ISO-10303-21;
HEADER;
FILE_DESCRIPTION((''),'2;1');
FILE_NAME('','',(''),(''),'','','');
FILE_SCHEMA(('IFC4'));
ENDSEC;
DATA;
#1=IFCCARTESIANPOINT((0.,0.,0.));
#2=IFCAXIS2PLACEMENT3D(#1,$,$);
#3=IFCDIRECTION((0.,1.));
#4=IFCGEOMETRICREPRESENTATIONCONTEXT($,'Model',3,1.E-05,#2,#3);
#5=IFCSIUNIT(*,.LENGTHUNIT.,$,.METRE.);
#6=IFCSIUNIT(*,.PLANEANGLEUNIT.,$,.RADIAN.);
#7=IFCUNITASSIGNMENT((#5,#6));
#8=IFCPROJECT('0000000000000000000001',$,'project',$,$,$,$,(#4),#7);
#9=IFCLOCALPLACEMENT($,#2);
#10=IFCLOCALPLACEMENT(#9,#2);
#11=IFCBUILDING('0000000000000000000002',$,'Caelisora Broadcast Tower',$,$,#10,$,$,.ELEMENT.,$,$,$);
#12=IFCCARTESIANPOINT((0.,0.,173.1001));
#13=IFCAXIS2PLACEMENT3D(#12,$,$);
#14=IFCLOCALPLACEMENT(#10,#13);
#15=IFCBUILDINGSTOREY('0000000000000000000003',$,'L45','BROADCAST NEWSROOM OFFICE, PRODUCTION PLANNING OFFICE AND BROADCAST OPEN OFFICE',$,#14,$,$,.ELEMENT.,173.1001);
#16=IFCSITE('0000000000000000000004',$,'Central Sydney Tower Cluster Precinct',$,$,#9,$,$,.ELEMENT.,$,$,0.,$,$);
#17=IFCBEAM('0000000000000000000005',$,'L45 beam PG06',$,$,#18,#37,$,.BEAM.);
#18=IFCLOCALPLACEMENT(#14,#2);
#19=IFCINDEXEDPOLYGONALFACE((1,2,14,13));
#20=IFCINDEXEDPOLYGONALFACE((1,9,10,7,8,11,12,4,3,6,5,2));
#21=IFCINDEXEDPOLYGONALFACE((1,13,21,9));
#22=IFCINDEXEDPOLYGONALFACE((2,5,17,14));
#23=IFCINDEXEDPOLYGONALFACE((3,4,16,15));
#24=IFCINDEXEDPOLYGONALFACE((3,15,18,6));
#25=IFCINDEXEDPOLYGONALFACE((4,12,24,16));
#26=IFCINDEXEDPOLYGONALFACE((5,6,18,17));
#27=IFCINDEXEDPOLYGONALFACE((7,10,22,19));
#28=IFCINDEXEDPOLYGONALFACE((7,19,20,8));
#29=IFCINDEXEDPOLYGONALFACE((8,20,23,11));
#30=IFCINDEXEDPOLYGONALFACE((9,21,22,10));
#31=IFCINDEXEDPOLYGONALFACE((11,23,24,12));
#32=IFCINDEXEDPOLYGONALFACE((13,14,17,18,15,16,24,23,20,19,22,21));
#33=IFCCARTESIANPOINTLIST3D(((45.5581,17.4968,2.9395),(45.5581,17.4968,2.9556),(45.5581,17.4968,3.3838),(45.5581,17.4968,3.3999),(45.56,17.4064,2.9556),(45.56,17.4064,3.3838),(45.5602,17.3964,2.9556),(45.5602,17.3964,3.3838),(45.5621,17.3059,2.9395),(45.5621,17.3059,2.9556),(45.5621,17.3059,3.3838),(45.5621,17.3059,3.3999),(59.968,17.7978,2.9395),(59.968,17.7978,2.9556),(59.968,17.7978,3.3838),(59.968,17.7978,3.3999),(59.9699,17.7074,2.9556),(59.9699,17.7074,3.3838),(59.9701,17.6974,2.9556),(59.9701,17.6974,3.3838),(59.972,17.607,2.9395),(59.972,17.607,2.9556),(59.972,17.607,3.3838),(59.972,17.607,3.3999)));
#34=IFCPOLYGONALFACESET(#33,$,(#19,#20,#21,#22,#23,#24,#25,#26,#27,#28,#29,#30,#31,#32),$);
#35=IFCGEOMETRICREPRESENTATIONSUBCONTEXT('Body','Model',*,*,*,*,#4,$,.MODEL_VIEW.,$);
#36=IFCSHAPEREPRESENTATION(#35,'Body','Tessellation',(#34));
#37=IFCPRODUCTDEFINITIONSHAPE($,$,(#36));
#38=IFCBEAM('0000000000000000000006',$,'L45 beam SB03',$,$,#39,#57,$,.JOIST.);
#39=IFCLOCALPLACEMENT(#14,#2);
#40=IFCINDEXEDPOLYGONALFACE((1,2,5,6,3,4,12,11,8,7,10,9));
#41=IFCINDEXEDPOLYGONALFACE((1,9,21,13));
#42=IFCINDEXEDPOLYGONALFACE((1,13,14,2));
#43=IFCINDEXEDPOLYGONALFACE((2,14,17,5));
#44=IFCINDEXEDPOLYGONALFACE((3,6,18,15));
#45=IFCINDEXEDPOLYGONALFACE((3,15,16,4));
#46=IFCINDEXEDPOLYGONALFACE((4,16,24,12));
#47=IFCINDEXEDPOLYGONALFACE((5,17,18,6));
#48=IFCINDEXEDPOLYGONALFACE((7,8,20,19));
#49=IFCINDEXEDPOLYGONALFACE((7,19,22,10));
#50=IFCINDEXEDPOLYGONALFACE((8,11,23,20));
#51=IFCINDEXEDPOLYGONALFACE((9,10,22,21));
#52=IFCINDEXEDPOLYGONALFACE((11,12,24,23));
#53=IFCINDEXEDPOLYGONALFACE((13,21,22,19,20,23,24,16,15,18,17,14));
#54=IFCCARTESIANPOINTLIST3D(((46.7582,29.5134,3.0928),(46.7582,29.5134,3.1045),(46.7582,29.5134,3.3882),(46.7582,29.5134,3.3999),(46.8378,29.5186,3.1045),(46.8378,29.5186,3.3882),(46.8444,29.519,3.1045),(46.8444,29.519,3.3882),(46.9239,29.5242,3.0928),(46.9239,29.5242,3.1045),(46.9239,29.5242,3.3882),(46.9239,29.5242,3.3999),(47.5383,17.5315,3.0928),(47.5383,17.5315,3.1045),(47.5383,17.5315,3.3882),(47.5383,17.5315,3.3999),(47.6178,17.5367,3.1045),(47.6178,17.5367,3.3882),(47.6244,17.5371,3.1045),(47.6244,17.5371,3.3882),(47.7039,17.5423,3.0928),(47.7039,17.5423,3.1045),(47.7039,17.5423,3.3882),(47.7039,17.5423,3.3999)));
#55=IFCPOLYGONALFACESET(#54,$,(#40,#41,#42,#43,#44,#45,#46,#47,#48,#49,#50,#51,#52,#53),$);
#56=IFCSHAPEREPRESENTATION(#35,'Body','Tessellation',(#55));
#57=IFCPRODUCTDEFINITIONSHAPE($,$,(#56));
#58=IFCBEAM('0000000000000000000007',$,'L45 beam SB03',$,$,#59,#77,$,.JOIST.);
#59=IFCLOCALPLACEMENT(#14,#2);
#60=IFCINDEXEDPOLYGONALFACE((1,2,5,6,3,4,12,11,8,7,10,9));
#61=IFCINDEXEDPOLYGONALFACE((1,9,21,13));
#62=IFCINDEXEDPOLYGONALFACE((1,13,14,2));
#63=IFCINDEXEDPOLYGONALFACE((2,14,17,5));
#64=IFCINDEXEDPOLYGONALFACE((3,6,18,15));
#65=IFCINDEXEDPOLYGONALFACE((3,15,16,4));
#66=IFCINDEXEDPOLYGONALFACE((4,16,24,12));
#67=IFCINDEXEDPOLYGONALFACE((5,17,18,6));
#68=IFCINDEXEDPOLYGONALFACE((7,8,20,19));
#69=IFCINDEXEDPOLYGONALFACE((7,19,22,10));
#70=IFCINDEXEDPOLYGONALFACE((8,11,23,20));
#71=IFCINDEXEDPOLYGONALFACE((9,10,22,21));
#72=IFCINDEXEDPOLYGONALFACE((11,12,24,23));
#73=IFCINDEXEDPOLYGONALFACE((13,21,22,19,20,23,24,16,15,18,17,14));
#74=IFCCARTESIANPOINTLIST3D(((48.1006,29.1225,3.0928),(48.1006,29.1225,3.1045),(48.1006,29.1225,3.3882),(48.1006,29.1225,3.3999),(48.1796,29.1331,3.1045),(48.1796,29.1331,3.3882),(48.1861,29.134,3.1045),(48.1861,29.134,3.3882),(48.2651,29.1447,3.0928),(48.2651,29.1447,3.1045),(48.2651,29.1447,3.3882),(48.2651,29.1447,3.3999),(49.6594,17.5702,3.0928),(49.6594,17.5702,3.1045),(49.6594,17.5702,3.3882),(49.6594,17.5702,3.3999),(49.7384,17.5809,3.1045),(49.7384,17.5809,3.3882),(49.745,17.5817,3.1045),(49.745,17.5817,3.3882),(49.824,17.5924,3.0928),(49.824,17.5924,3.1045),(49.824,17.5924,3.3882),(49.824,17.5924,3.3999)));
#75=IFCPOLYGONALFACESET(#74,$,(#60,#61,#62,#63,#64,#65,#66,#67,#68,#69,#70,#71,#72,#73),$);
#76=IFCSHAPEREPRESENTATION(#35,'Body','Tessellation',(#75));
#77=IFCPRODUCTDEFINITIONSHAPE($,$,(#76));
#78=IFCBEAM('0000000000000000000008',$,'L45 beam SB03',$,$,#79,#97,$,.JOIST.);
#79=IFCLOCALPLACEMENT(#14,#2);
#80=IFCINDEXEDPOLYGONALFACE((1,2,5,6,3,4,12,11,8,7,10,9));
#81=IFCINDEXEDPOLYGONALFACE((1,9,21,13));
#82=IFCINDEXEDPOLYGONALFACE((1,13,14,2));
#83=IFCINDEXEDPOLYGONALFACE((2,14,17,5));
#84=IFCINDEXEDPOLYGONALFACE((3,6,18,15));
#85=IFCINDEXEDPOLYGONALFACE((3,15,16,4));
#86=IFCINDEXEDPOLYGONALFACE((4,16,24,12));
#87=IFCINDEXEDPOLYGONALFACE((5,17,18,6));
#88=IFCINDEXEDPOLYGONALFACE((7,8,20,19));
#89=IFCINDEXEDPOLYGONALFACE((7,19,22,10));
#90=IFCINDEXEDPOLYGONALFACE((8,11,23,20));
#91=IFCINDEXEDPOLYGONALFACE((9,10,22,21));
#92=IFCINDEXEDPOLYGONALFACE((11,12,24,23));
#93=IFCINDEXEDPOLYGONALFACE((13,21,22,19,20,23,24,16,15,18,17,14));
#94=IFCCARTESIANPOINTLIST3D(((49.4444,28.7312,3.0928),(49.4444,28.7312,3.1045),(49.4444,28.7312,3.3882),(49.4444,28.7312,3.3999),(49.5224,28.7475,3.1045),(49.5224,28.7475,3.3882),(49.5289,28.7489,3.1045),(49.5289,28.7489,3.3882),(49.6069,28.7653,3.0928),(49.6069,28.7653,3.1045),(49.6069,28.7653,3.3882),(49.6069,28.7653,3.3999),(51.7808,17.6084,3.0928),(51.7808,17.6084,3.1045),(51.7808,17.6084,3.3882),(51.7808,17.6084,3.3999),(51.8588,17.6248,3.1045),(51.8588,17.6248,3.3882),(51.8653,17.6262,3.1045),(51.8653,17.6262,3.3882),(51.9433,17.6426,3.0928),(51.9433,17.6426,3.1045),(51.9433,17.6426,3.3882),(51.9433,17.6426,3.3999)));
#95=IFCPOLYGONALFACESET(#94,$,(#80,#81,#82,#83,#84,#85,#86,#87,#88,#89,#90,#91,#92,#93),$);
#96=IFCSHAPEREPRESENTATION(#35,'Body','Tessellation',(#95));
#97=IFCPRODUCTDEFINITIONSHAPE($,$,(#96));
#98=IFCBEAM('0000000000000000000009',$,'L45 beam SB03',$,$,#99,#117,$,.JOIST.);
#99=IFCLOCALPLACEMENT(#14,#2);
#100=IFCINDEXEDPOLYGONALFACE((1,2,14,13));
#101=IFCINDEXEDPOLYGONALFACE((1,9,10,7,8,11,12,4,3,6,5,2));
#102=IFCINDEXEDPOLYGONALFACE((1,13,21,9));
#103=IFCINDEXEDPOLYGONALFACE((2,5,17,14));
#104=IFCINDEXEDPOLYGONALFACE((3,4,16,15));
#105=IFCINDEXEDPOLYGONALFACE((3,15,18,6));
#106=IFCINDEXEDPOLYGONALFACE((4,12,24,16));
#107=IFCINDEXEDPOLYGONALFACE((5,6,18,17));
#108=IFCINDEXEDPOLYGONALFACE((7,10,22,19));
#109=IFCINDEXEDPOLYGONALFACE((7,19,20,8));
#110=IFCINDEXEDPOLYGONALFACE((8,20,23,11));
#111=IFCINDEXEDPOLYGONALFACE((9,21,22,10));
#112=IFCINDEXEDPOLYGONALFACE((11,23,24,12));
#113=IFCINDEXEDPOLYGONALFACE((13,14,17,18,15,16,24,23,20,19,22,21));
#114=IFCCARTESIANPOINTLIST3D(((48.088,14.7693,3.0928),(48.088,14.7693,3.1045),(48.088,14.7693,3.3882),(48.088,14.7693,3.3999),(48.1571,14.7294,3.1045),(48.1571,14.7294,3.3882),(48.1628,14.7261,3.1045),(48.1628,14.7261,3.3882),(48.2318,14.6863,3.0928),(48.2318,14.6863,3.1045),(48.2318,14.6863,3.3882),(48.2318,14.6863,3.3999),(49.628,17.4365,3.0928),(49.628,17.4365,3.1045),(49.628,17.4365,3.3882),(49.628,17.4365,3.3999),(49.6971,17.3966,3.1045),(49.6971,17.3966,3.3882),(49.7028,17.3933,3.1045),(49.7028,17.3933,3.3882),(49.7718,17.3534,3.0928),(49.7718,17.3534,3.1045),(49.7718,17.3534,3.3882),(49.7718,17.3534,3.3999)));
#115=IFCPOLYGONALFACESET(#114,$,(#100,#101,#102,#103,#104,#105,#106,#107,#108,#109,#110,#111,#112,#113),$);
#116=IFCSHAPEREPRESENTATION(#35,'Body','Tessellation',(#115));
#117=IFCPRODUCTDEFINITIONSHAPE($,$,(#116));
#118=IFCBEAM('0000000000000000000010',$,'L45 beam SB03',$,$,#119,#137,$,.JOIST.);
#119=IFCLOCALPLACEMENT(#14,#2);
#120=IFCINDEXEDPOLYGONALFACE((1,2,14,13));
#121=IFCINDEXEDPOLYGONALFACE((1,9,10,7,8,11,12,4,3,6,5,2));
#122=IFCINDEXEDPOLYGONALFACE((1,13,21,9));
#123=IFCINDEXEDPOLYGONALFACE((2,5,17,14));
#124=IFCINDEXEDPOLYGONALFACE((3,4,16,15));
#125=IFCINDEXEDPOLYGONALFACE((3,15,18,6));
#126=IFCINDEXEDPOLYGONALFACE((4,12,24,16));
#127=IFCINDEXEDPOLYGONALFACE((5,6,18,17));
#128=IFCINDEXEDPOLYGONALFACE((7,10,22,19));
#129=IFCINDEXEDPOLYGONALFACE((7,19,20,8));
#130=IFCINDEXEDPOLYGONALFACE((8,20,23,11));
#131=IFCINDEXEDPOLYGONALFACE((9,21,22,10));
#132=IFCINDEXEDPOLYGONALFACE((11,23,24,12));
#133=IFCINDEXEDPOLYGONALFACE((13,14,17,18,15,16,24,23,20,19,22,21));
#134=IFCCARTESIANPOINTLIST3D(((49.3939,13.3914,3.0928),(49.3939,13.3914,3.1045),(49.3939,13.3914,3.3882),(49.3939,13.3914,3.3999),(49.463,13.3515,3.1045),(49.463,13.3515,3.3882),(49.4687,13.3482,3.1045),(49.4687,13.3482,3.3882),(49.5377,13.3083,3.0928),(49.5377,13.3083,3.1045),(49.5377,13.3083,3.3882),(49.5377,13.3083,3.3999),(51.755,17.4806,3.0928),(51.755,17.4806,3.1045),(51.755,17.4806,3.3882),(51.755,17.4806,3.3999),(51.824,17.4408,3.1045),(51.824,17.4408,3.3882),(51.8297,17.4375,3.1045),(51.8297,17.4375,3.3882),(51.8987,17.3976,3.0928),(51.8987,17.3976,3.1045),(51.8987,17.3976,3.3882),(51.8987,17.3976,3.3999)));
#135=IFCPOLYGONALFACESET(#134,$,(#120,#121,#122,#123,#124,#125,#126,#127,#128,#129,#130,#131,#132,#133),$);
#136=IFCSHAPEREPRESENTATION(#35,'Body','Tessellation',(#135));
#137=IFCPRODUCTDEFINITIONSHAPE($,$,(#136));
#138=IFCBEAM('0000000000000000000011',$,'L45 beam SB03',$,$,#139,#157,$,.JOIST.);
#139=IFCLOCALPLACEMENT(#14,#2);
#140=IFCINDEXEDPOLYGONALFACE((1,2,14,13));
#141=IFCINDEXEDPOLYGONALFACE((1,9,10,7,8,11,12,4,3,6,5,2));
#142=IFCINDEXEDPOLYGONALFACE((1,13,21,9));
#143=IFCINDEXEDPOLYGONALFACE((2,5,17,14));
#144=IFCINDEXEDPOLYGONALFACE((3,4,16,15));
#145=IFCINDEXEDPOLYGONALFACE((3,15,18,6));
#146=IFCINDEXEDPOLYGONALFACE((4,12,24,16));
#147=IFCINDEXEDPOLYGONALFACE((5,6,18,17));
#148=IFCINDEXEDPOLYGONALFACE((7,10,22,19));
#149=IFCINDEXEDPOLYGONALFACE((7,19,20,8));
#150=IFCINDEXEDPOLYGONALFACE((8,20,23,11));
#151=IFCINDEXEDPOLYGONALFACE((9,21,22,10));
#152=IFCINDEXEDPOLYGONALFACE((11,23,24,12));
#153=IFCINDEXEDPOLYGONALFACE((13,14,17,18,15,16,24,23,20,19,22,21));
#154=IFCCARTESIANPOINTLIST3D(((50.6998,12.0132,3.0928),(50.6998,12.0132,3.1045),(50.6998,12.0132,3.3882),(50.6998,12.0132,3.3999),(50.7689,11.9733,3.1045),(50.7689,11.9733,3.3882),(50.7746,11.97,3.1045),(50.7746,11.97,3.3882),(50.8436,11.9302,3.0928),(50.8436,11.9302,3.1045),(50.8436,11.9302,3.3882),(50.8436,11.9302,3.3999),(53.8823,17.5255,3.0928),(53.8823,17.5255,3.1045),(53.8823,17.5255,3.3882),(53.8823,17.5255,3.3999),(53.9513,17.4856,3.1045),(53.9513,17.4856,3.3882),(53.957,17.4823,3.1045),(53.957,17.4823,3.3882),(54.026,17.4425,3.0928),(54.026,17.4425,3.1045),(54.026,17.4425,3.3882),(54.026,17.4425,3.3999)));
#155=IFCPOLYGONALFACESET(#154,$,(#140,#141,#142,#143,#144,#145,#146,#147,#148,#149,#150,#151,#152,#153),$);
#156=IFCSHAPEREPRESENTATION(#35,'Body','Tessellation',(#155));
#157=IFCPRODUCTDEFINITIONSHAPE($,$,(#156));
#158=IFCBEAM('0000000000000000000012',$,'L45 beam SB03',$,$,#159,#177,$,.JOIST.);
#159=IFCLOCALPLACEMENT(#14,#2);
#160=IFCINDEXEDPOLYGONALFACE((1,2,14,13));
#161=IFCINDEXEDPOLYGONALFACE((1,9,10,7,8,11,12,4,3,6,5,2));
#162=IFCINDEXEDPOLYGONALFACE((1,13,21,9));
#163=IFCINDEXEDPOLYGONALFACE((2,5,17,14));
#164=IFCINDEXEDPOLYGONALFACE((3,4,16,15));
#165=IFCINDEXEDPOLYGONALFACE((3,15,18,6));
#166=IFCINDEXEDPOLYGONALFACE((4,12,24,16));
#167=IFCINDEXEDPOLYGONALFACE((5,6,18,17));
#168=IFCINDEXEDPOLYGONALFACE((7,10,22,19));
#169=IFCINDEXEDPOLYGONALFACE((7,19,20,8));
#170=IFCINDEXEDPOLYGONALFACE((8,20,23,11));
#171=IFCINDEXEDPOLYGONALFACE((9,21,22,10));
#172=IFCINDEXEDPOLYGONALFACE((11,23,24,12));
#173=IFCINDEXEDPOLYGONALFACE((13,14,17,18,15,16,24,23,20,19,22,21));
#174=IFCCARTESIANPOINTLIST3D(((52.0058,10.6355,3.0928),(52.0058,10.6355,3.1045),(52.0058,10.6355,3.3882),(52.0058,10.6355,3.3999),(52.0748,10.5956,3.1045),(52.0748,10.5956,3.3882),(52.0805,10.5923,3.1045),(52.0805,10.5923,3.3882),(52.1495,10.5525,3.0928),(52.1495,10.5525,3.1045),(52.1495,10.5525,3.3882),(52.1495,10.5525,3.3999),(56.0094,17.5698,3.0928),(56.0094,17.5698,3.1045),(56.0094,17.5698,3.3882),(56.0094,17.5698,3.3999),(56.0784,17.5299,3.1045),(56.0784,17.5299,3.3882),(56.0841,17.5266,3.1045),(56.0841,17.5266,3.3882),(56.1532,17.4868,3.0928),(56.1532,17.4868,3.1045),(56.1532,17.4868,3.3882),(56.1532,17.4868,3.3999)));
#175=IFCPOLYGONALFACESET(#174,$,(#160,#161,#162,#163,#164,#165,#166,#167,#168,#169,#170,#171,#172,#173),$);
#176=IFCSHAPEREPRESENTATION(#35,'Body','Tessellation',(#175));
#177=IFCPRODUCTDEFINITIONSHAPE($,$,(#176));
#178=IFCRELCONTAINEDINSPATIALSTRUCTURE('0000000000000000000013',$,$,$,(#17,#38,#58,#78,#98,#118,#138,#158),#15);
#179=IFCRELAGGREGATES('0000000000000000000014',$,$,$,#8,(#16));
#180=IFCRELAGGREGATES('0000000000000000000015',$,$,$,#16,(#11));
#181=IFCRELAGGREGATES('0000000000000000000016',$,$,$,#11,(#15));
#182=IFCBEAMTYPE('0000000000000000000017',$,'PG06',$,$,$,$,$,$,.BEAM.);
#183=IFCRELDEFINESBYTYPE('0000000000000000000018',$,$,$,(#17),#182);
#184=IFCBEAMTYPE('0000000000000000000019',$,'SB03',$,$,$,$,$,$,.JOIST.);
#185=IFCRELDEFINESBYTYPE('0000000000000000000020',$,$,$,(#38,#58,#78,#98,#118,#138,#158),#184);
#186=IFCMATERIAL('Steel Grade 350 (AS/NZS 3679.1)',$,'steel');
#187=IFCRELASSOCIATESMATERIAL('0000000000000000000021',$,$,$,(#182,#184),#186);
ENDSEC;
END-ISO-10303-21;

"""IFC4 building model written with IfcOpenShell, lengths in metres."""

from ifc_helpers import new_model, si_unit, direction, frame, origin, origin_2d, place, context, subcontext, project, spatial, i_section, extrude, source, transform, mapped, material, material_profile, profile_set, type_object, type_shapes, element, save


model = new_model("IFC4")

# Units and contexts
model_context = context("Model", 3, precision=1e-05, world=origin(), true_north=direction((0.0, 1.0)))
body_context = subcontext(model_context, "Body", "Model", "MODEL_VIEW")
ifc_project = project(units=[si_unit("LENGTHUNIT", "METRE"), si_unit("PLANEANGLEUNIT", "RADIAN")], contexts=[model_context])

# Site, building, storey
site_placement = place(None, origin())
site = spatial("IfcSite", under=ifc_project, at=site_placement, Name="Central Sydney Tower Cluster Precinct", CompositionType="ELEMENT", RefElevation=0.0)
building_placement = place(site_placement, origin())
building = spatial("IfcBuilding", under=site, at=building_placement, Name="Caelisora Broadcast Tower", CompositionType="ELEMENT")
storey_placement = place(building_placement, frame((0.0, 0.0, 173.1001)))
storey = spatial("IfcBuildingStorey", under=building, at=storey_placement, Name="L45", Description="BROADCAST NEWSROOM OFFICE, PRODUCTION PLANNING OFFICE AND BROADCAST OPEN OFFICE", CompositionType="ELEMENT", Elevation=173.1001)

# Beams
ifc_material_1 = material(Name="Steel Grade 350 (AS/NZS 3679.1)", Category="steel")
ifc_material_profile_1 = material_profile(ifc_material_1, i_section(OverallWidth=0.1909, OverallDepth=0.4604, WebThickness=0.01, FlangeThickness=0.0161, at=origin_2d()), Name="Steel Grade 350 (AS/NZS 3679.1)")
ifc_profile_set_1 = profile_set([ifc_material_profile_1], Name="Steel Grade 350 (AS/NZS 3679.1)")
beam_type_1 = type_object("IfcBeamType", Name="PG06", PredefinedType="BEAM", material=ifc_profile_set_1)
shared_shape_1 = source(origin(), body_context, "Body", "SweptSolid", [
    extrude(i_section(OverallWidth=0.1909, OverallDepth=0.4604, WebThickness=0.01, FlangeThickness=0.0161, at=origin_2d()), origin(), (0.0, 0.0, 1.0), 14.4131),
])
type_shapes(beam_type_1, [shared_shape_1])
beam_1_placement = place(storey_placement, frame((45.5601, 17.4014, 3.1697), z_axis=(0.999782, 0.020886, 0.0), x_axis=(-0.020886, 0.999782, 0.0)))
element("IfcBeam", 1, at=beam_1_placement, inside=storey, type_object=beam_type_1, Name="L45 beam PG06", PredefinedType="BEAM", context=body_context, shape_type="MappedRepresentation", body=[
    mapped(shared_shape_1, transform((0.0, 0.0, 0.0), scale=1.0)),
])
ifc_material_profile_2 = material_profile(ifc_material_1, i_section(OverallWidth=0.166, OverallDepth=0.3071, WebThickness=0.0066, FlangeThickness=0.0117, at=origin_2d()), Name="Steel Grade 350 (AS/NZS 3679.1)")
ifc_profile_set_2 = profile_set([ifc_material_profile_2], Name="Steel Grade 350 (AS/NZS 3679.1)")
beam_type_2 = type_object("IfcBeamType", Name="SB03", PredefinedType="JOIST", material=ifc_profile_set_2)
shared_shape_2 = source(origin(), body_context, "Body", "SweptSolid", [
    extrude(i_section(OverallWidth=0.166, OverallDepth=0.3071, WebThickness=0.0066, FlangeThickness=0.0117, at=origin_2d()), origin(), (0.0, 0.0, 1.0), 12.0073),
])
beam_2_placement = place(storey_placement, frame((47.6211, 17.5369, 3.2463), z_axis=(-0.064963, 0.997888, 0.0), x_axis=(-0.997888, -0.064963, 0.0)))
element("IfcBeam", 2, at=beam_2_placement, inside=storey, type_object=beam_type_2, Name="L45 beam SB03", PredefinedType="JOIST", context=body_context, shape_type="MappedRepresentation", body=[
    mapped(shared_shape_2, transform((0.0, 0.0, 0.0), scale=1.0)),
])
shared_shape_3 = source(origin(), body_context, "Body", "SweptSolid", [
    extrude(i_section(OverallWidth=0.166, OverallDepth=0.3071, WebThickness=0.0066, FlangeThickness=0.0117, at=origin_2d()), origin(), (0.0, 0.0, 1.0), 11.657),
])
beam_3_placement = place(storey_placement, frame((49.7417, 17.5813, 3.2463), z_axis=(-0.133726, 0.991018, 0.0), x_axis=(-0.991018, -0.133726, 0.0)))
element("IfcBeam", 3, at=beam_3_placement, inside=storey, type_object=beam_type_2, Name="L45 beam SB03", PredefinedType="JOIST", context=body_context, shape_type="MappedRepresentation", body=[
    mapped(shared_shape_3, transform((0.0, 0.0, 0.0), scale=1.0)),
])
shared_shape_4 = source(origin(), body_context, "Body", "SweptSolid", [
    extrude(i_section(OverallWidth=0.166, OverallDepth=0.3071, WebThickness=0.0066, FlangeThickness=0.0117, at=origin_2d()), origin(), (0.0, 0.0, 1.0), 11.3655),
])
beam_4_placement = place(storey_placement, frame((51.8621, 17.6255, 3.2463), z_axis=(-0.205571, 0.978642, 0.0), x_axis=(-0.978642, -0.205571, 0.0)))
element("IfcBeam", 4, at=beam_4_placement, inside=storey, type_object=beam_type_2, Name="L45 beam SB03", PredefinedType="JOIST", context=body_context, shape_type="MappedRepresentation", body=[
    mapped(shared_shape_4, transform((0.0, 0.0, 0.0), scale=1.0)),
])
shared_shape_5 = source(origin(), body_context, "Body", "SweptSolid", [
    extrude(i_section(OverallWidth=0.166, OverallDepth=0.3071, WebThickness=0.0066, FlangeThickness=0.0117, at=origin_2d()), origin(), (0.0, 0.0, 1.0), 3.0798),
])
beam_5_placement = place(storey_placement, frame((48.1599, 14.7278, 3.2463), z_axis=(0.500027, 0.86601, 0.0), x_axis=(-0.86601, 0.500027, 0.0)))
element("IfcBeam", 5, at=beam_5_placement, inside=storey, type_object=beam_type_2, Name="L45 beam SB03", PredefinedType="JOIST", context=body_context, shape_type="MappedRepresentation", body=[
    mapped(shared_shape_5, transform((0.0, 0.0, 0.0), scale=1.0)),
])
shared_shape_6 = source(origin(), body_context, "Body", "SweptSolid", [
    extrude(i_section(OverallWidth=0.166, OverallDepth=0.3071, WebThickness=0.0066, FlangeThickness=0.0117, at=origin_2d()), origin(), (0.0, 0.0, 1.0), 4.7219),
])
beam_6_placement = place(storey_placement, frame((49.4658, 13.3499, 3.2463), z_axis=(0.500015, 0.866017, 0.0), x_axis=(-0.866017, 0.500015, 0.0)))
element("IfcBeam", 6, at=beam_6_placement, inside=storey, type_object=beam_type_2, Name="L45 beam SB03", PredefinedType="JOIST", context=body_context, shape_type="MappedRepresentation", body=[
    mapped(shared_shape_6, transform((0.0, 0.0, 0.0), scale=1.0)),
])
shared_shape_7 = source(origin(), body_context, "Body", "SweptSolid", [
    extrude(i_section(OverallWidth=0.166, OverallDepth=0.3071, WebThickness=0.0066, FlangeThickness=0.0117, at=origin_2d()), origin(), (0.0, 0.0, 1.0), 6.365),
])
beam_7_placement = place(storey_placement, frame((50.7717, 11.9717, 3.2463), z_axis=(0.499988, 0.866032, 0.0), x_axis=(-0.866032, 0.499988, 0.0)))
element("IfcBeam", 7, at=beam_7_placement, inside=storey, type_object=beam_type_2, Name="L45 beam SB03", PredefinedType="JOIST", context=body_context, shape_type="MappedRepresentation", body=[
    mapped(shared_shape_7, transform((0.0, 0.0, 0.0), scale=1.0)),
])
shared_shape_8 = source(origin(), body_context, "Body", "SweptSolid", [
    extrude(i_section(OverallWidth=0.166, OverallDepth=0.3071, WebThickness=0.0066, FlangeThickness=0.0117, at=origin_2d()), origin(), (0.0, 0.0, 1.0), 8.0071),
])
type_shapes(beam_type_2, [shared_shape_2, shared_shape_3, shared_shape_4, shared_shape_5, shared_shape_6, shared_shape_7, shared_shape_8])
beam_8_placement = place(storey_placement, frame((52.0776, 10.594, 3.2463), z_axis=(0.500012, 0.866019, 0.0), x_axis=(-0.866019, 0.500012, 0.0)))
element("IfcBeam", 8, at=beam_8_placement, inside=storey, type_object=beam_type_2, Name="L45 beam SB03", PredefinedType="JOIST", context=body_context, shape_type="MappedRepresentation", body=[
    mapped(shared_shape_8, transform((0.0, 0.0, 0.0), scale=1.0)),
])

save(model, "model.ifc")
